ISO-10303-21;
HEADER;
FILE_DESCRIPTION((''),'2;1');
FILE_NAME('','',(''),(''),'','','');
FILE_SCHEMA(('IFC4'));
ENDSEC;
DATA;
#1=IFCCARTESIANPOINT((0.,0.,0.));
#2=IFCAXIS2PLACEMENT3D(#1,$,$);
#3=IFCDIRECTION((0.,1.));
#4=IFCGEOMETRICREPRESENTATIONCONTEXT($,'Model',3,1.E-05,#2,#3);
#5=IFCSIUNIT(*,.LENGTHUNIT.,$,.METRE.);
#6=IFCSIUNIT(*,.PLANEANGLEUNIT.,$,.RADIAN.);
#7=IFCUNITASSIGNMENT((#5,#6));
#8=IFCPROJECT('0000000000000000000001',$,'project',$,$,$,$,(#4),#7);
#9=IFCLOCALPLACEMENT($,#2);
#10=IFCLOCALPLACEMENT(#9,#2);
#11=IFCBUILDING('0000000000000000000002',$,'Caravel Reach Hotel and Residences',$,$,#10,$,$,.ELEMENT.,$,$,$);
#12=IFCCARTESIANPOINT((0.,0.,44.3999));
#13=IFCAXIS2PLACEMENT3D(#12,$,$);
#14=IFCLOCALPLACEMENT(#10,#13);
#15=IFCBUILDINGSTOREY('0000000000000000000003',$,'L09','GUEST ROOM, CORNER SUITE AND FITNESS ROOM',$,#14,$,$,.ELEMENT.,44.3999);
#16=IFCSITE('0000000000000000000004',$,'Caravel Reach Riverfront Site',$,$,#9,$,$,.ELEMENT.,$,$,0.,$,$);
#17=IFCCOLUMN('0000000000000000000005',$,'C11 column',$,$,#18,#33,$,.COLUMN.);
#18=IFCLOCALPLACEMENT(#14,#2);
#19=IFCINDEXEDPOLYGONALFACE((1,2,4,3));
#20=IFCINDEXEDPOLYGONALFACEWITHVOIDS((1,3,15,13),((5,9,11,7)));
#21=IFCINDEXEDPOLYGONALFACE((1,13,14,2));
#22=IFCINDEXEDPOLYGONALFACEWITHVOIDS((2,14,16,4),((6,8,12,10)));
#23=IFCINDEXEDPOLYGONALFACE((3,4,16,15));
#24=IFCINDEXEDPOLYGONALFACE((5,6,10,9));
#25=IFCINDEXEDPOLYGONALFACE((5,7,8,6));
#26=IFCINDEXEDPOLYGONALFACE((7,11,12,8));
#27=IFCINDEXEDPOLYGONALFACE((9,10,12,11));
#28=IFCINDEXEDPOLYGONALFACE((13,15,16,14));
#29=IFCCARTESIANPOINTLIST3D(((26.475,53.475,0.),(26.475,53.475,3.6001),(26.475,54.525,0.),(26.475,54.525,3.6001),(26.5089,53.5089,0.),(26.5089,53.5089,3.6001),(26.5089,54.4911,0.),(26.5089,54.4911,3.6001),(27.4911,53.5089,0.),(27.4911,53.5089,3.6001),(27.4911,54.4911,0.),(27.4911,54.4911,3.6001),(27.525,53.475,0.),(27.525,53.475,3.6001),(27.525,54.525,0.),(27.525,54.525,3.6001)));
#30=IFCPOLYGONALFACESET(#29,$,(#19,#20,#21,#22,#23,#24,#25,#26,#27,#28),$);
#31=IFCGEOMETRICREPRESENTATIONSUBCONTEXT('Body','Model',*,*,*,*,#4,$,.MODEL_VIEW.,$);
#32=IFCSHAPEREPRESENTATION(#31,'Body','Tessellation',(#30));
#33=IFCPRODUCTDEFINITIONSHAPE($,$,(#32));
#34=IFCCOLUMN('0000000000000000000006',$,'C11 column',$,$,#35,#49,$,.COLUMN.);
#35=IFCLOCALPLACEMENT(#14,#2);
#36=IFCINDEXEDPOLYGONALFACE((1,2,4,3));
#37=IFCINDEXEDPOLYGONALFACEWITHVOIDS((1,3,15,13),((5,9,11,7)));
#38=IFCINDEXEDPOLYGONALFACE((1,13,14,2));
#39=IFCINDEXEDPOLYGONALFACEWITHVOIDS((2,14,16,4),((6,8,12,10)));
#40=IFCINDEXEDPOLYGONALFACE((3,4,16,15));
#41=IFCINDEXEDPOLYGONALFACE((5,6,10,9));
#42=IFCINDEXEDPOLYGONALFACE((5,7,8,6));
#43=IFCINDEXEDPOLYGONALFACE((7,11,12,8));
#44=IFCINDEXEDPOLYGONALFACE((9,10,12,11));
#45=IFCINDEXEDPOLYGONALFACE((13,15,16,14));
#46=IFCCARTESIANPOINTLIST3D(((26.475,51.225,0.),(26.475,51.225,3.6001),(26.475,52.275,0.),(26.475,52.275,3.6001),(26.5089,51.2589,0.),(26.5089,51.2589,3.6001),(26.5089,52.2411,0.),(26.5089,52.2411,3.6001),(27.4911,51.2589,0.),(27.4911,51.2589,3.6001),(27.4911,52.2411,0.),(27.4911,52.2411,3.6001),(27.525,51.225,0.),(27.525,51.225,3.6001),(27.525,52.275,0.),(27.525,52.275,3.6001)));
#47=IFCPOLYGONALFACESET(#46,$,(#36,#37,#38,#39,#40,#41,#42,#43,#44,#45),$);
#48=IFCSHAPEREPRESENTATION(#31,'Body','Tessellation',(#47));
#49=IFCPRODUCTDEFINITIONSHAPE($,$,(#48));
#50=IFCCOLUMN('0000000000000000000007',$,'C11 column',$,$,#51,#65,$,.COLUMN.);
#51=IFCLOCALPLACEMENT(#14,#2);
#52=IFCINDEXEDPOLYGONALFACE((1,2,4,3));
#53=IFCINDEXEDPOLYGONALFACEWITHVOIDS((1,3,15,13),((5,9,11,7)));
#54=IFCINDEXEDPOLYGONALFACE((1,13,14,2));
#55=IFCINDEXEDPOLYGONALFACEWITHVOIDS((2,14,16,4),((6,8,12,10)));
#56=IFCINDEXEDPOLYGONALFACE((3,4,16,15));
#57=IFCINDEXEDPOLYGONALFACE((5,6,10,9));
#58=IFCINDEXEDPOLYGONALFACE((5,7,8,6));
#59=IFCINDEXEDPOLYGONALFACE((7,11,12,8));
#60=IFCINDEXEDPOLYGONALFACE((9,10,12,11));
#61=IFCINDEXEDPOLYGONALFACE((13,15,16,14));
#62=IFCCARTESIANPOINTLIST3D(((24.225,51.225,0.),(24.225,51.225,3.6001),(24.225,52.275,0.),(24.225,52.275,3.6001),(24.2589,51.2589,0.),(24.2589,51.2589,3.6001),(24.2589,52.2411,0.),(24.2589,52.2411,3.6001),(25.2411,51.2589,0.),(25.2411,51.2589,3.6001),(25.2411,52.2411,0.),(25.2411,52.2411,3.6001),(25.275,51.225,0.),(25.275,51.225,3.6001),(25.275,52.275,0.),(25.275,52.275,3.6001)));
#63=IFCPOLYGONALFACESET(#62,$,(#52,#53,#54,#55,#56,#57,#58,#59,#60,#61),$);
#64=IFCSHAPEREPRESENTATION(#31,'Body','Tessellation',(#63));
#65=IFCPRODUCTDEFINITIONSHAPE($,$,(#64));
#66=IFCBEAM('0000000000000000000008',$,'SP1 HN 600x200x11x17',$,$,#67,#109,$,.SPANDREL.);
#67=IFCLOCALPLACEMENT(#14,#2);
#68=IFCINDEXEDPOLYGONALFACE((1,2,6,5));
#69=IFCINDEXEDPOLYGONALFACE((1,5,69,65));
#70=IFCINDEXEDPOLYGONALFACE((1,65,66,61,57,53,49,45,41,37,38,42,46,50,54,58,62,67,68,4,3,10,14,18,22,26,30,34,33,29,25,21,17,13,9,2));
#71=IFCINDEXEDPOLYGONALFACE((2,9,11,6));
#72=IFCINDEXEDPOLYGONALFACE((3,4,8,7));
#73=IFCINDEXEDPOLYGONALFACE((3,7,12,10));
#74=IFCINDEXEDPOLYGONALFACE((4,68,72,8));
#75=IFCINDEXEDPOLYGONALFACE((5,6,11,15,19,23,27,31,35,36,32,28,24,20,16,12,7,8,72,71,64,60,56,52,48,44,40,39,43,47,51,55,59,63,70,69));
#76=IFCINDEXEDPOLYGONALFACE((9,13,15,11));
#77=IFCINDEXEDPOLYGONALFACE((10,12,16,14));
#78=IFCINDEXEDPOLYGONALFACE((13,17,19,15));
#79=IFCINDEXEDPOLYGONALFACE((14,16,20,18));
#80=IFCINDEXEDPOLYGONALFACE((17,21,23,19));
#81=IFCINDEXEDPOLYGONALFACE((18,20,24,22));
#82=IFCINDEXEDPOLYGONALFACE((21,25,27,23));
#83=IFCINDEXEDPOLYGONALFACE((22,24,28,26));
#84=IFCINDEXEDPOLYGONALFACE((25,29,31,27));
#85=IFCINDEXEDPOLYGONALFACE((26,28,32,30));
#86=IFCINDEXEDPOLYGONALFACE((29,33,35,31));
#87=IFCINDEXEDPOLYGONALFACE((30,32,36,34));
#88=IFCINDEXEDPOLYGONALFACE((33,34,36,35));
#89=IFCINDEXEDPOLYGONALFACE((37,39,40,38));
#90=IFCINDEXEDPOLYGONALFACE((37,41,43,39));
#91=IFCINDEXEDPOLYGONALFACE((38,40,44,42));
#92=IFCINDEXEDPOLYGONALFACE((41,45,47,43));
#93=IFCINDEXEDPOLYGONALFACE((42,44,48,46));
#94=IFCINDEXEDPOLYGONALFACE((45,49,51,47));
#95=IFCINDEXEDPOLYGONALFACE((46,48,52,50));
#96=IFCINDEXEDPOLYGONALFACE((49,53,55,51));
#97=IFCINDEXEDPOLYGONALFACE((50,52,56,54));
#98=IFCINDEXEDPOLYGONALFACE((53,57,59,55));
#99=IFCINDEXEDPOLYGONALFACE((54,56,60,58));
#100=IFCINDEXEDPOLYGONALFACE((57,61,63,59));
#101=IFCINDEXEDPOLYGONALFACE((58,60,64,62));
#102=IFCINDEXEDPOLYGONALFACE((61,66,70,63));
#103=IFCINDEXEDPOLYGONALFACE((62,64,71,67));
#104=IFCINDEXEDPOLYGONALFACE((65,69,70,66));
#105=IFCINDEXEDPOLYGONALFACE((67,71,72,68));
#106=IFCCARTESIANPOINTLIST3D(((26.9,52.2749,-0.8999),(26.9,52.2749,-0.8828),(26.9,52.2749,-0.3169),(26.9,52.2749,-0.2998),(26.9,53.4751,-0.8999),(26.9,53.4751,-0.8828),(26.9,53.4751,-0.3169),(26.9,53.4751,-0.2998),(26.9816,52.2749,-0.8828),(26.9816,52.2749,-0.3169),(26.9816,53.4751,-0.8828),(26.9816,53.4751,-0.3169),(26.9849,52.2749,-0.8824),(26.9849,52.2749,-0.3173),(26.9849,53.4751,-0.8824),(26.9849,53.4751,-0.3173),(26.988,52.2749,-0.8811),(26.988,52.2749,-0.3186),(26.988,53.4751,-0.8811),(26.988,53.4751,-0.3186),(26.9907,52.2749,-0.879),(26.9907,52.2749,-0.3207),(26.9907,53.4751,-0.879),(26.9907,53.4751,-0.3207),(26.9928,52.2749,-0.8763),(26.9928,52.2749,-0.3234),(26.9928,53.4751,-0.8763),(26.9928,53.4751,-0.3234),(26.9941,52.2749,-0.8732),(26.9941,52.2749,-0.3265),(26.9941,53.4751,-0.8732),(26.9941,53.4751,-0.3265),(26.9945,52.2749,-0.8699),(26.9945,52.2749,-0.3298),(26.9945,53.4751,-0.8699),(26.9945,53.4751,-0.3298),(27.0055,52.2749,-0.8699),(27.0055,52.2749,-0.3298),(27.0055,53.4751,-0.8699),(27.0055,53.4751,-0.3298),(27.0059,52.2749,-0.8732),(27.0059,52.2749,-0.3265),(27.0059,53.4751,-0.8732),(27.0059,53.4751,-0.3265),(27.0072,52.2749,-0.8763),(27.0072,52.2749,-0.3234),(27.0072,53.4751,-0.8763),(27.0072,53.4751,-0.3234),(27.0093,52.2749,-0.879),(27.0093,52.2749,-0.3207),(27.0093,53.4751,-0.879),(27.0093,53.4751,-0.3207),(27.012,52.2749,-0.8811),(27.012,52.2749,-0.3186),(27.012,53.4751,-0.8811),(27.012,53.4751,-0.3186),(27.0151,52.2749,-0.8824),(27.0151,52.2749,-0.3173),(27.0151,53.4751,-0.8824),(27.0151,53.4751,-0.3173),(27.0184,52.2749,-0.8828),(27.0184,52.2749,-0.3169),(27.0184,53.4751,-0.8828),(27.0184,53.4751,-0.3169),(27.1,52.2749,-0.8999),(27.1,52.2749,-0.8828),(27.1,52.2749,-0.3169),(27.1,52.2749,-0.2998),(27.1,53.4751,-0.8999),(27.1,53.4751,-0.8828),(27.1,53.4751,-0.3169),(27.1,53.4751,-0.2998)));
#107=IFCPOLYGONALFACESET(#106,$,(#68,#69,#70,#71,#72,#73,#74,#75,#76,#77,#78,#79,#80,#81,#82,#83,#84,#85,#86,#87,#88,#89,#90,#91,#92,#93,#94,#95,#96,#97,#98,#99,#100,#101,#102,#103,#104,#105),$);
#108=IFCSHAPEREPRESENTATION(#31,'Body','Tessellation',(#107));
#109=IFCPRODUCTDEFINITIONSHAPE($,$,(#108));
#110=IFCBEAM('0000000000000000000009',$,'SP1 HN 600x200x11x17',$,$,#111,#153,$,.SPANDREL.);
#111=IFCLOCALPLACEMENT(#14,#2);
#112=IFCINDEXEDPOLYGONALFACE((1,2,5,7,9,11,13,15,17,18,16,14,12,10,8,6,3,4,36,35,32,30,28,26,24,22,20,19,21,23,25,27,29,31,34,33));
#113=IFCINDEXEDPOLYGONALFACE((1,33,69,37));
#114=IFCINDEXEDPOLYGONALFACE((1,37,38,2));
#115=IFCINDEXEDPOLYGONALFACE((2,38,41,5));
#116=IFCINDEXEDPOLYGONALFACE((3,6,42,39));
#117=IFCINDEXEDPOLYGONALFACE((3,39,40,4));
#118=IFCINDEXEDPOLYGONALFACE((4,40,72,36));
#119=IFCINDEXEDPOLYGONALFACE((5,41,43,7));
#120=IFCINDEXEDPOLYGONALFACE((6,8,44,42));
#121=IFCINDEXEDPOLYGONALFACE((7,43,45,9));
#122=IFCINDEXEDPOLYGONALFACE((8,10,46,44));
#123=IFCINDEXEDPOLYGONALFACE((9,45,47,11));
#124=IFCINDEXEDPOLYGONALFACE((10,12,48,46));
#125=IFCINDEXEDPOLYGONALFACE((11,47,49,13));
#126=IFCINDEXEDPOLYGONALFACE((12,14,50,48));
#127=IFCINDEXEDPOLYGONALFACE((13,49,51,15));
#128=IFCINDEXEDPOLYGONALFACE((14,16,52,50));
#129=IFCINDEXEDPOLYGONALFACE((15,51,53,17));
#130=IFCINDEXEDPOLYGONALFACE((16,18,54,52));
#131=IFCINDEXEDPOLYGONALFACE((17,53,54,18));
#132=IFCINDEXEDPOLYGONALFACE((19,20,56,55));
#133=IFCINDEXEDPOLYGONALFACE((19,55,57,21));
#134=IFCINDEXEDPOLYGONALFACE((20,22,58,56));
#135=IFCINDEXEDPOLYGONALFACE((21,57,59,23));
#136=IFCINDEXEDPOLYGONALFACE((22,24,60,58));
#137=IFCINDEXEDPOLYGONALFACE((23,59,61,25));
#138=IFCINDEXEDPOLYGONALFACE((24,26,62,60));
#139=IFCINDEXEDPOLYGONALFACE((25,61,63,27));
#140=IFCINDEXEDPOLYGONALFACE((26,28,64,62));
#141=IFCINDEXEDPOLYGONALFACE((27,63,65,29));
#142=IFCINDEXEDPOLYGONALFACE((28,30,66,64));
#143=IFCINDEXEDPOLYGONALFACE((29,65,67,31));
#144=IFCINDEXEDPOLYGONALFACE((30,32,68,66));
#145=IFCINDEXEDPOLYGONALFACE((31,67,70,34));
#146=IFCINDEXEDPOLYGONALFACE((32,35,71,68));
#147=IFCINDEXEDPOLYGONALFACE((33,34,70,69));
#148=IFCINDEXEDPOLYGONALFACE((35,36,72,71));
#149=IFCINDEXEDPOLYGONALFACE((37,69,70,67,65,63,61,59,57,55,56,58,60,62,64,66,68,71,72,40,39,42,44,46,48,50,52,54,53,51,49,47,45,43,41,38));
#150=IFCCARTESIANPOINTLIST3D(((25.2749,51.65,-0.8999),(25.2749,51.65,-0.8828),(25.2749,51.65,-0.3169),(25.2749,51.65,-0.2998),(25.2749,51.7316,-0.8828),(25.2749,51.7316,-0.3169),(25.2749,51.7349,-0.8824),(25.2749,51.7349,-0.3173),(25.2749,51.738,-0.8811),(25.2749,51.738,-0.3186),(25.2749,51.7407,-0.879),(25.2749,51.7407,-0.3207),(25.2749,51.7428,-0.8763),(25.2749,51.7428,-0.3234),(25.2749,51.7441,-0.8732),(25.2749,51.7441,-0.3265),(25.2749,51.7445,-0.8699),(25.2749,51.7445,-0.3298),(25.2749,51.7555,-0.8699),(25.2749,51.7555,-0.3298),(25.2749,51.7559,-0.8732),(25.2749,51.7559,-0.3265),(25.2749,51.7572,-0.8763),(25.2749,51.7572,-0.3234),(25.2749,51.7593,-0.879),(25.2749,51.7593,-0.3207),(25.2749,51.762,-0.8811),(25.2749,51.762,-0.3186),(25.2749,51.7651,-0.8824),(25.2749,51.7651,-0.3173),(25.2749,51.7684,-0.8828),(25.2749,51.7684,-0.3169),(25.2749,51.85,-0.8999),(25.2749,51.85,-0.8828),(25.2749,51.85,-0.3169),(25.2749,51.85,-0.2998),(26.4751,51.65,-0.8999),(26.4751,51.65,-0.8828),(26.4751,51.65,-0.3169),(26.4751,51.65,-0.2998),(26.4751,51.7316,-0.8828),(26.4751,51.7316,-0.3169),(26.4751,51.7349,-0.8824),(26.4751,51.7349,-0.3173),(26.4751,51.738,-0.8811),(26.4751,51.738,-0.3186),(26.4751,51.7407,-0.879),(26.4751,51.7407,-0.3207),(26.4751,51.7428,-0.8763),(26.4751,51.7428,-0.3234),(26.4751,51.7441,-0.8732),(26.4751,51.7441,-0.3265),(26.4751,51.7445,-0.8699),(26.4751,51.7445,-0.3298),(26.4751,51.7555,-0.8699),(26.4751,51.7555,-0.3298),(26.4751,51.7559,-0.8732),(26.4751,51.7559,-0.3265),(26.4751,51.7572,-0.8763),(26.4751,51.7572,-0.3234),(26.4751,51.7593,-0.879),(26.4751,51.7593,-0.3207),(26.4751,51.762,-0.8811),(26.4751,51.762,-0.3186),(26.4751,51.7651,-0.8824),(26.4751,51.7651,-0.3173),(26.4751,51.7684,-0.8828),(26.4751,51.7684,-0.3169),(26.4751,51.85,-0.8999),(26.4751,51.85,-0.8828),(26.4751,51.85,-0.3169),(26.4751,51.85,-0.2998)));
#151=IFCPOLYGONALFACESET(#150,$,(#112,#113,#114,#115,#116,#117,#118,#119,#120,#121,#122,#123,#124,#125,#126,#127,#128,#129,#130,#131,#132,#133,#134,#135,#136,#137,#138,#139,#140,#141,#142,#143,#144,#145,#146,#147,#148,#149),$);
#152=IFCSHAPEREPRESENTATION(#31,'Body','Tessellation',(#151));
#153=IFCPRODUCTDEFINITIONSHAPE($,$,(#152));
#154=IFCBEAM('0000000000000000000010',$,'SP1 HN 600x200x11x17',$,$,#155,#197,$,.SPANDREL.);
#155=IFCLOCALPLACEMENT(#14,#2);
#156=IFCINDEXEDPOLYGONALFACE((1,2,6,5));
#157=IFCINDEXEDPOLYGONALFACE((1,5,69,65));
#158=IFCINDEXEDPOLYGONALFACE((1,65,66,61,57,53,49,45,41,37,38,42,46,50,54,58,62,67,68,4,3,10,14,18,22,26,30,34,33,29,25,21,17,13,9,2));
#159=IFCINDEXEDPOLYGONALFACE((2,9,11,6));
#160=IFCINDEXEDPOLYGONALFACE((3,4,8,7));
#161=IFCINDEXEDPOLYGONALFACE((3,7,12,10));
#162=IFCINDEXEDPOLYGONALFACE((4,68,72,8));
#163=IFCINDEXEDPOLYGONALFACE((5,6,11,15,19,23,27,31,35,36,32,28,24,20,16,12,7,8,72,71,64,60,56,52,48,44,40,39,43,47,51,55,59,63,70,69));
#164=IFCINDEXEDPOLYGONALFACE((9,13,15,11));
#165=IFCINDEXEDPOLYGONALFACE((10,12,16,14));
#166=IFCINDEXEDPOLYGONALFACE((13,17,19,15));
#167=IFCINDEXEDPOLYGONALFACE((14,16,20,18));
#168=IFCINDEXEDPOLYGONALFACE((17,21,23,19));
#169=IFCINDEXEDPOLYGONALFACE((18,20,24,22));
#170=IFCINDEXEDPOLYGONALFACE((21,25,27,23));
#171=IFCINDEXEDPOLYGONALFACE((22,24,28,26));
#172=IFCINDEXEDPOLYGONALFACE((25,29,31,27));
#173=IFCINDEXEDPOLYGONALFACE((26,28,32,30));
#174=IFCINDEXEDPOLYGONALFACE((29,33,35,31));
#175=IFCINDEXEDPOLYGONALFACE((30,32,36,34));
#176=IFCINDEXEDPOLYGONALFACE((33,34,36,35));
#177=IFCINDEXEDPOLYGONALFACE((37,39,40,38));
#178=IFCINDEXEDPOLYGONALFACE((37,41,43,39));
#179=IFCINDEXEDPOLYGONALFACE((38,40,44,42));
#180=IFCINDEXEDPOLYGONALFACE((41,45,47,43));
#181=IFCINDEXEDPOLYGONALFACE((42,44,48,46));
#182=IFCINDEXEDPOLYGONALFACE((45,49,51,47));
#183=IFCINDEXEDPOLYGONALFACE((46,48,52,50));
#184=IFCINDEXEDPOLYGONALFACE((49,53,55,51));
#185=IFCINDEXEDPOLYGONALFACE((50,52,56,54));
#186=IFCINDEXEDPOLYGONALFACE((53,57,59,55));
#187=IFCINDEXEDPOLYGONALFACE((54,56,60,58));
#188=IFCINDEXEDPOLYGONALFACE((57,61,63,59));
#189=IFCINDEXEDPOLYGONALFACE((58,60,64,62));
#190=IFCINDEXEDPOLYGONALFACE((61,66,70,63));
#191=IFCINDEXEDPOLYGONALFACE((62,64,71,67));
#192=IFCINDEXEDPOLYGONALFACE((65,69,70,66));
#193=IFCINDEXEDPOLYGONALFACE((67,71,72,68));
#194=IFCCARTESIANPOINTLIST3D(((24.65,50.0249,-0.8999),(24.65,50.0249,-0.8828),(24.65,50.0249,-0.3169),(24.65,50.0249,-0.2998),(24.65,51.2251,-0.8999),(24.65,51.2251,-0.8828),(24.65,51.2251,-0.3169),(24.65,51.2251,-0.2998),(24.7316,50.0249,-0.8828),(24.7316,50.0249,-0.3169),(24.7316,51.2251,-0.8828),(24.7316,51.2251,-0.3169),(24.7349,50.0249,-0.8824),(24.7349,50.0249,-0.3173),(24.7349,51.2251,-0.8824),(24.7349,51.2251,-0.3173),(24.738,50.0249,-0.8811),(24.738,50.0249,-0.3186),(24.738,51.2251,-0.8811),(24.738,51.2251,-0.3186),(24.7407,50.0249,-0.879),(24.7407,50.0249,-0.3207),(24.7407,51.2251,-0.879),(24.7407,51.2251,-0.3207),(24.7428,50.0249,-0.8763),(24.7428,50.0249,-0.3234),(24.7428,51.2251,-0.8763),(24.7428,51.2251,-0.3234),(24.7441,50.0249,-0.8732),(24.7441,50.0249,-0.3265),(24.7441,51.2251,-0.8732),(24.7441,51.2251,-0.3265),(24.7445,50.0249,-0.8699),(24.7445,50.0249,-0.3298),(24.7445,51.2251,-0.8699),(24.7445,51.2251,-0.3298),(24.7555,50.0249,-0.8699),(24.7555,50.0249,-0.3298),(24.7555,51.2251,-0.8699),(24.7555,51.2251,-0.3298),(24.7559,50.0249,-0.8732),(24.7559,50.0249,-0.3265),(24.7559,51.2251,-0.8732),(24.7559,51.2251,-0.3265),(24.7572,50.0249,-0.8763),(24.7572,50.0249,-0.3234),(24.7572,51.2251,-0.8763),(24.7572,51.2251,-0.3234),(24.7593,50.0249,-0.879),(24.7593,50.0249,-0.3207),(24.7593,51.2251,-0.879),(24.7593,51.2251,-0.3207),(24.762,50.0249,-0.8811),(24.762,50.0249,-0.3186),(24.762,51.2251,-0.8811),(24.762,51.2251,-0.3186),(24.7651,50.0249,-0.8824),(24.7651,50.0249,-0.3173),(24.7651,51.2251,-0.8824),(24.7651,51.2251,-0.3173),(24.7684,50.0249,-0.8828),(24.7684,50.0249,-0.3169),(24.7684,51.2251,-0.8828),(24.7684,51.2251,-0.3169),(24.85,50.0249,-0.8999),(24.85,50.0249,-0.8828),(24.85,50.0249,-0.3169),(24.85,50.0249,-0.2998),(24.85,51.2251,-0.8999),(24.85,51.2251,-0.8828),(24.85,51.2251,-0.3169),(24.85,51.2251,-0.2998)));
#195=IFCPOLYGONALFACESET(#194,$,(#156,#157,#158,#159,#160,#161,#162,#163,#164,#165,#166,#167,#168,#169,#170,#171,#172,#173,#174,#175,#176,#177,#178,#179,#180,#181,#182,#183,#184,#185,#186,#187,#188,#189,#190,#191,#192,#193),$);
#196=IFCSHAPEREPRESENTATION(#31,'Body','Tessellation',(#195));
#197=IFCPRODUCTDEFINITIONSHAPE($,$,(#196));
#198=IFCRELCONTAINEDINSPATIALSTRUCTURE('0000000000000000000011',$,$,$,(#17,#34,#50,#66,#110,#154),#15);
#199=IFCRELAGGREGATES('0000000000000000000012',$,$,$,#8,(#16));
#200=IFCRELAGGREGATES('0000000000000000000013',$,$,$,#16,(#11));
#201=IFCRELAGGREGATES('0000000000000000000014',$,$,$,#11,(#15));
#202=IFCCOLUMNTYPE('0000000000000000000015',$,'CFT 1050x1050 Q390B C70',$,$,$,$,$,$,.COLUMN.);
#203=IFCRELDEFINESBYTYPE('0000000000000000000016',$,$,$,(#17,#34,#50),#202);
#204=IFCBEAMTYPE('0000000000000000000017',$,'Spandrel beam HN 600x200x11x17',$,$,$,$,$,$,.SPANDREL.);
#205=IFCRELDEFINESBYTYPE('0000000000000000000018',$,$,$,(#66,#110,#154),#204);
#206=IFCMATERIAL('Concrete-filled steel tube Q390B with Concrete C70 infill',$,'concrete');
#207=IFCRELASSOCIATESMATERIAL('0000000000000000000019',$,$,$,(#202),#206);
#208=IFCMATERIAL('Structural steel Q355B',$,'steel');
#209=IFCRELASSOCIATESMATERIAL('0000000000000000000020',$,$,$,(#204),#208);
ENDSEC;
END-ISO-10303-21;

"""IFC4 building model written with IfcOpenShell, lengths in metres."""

from ifc_helpers import new_model, si_unit, direction, frame, origin, origin_2d, place, context, subcontext, project, spatial, hollow_rectangle, i_section, extrude, material, material_profile, profile_set, type_object, element, save


model = new_model("IFC4")

# Units and contexts
model_context = context("Model", 3, precision=1e-05, world=origin(), true_north=direction((0.0, 1.0)))
body_context = subcontext(model_context, "Body", "Model", "MODEL_VIEW")
ifc_project = project(units=[si_unit("LENGTHUNIT", "METRE"), si_unit("PLANEANGLEUNIT", "RADIAN")], contexts=[model_context])

# Site, building, storey
site_placement = place(None, origin())
site = spatial("IfcSite", under=ifc_project, at=site_placement, Name="Caravel Reach Riverfront Site", CompositionType="ELEMENT", RefElevation=0.0)
building_placement = place(site_placement, origin())
building = spatial("IfcBuilding", under=site, at=building_placement, Name="Caravel Reach Hotel and Residences", CompositionType="ELEMENT")
storey_placement = place(building_placement, frame((0.0, 0.0, 44.3999)))
storey = spatial("IfcBuildingStorey", under=building, at=storey_placement, Name="L09", Description="GUEST ROOM, CORNER SUITE AND FITNESS ROOM", CompositionType="ELEMENT", Elevation=44.3999)

# Columns
ifc_material_1 = material(Name="Concrete-filled steel tube Q390B with Concrete C70 infill", Category="concrete")
ifc_material_profile_1 = material_profile(ifc_material_1, hollow_rectangle(XDim=1.05, YDim=1.05, WallThickness=0.0339, at=origin_2d()), Name="RHS 1050x1050x34")
ifc_profile_set_1 = profile_set([ifc_material_profile_1], Name="Concrete-filled steel tube Q390B with Concrete C70 infill")
column_type = type_object("IfcColumnType", Name="CFT 1050x1050 Q390B C70", PredefinedType="COLUMN", material=ifc_profile_set_1)
for number, where, z_axis, x_axis, name in (
    (1, (27.0, 54.0, 0.0), (0.0, 0.0, 1.0), (1.0, 0.0, 0.0), "C11 column"),
    (2, (27.0, 51.75, 0.0), (0.0, 0.0, 1.0), (1.0, 0.0, 0.0), "C11 column"),
    (3, (24.75, 51.75, 0.0), (0.0, 0.0, 1.0), (1.0, 0.0, 0.0), "C11 column"),
):
    element("IfcColumn", number, at=place(storey_placement, frame(where, z_axis=z_axis, x_axis=x_axis)), inside=storey, type_object=column_type, Name=name, PredefinedType="COLUMN", context=body_context, shape_type="SweptSolid", body=[
        extrude(hollow_rectangle(XDim=1.05, YDim=1.05, WallThickness=0.0339, at=origin_2d()), origin(), (0.0, 0.0, 1.0), 3.6001),
    ])

# Beams
ifc_material_2 = material(Name="Structural steel Q355B", Category="steel")
ifc_material_profile_2 = material_profile(ifc_material_2, i_section(OverallWidth=0.2, OverallDepth=0.6001, WebThickness=0.011, FlangeThickness=0.0171, FilletRadius=0.0129, at=origin_2d()), Name="HN 600x200x11x17")
ifc_profile_set_2 = profile_set([ifc_material_profile_2], Name="Structural steel Q355B")
beam_type = type_object("IfcBeamType", Name="Spandrel beam HN 600x200x11x17", PredefinedType="SPANDREL", material=ifc_profile_set_2)
for number, where, z_axis, x_axis, name in (
    (4, (27.0, 53.4751, -0.5999), (0.0, -1.0, 0.0), (1.0, 0.0, 0.0), "SP1 HN 600x200x11x17"),
    (5, (26.4751, 51.75, -0.5999), (-1.0, 0.0, 0.0), (0.0, -1.0, 0.0), "SP1 HN 600x200x11x17"),
    (6, (24.75, 51.2251, -0.5999), (0.0, -1.0, 0.0), (1.0, 0.0, 0.0), "SP1 HN 600x200x11x17"),
):
    element("IfcBeam", number, at=place(storey_placement, frame(where, z_axis=z_axis, x_axis=x_axis)), inside=storey, type_object=beam_type, Name=name, PredefinedType="SPANDREL", context=body_context, shape_type="SweptSolid", body=[
        extrude(i_section(OverallWidth=0.2, OverallDepth=0.6001, WebThickness=0.011, FlangeThickness=0.0171, FilletRadius=0.0129, at=origin_2d()), origin(), (0.0, 0.0, 1.0), 1.2002),
    ])

save(model, "model.ifc")
